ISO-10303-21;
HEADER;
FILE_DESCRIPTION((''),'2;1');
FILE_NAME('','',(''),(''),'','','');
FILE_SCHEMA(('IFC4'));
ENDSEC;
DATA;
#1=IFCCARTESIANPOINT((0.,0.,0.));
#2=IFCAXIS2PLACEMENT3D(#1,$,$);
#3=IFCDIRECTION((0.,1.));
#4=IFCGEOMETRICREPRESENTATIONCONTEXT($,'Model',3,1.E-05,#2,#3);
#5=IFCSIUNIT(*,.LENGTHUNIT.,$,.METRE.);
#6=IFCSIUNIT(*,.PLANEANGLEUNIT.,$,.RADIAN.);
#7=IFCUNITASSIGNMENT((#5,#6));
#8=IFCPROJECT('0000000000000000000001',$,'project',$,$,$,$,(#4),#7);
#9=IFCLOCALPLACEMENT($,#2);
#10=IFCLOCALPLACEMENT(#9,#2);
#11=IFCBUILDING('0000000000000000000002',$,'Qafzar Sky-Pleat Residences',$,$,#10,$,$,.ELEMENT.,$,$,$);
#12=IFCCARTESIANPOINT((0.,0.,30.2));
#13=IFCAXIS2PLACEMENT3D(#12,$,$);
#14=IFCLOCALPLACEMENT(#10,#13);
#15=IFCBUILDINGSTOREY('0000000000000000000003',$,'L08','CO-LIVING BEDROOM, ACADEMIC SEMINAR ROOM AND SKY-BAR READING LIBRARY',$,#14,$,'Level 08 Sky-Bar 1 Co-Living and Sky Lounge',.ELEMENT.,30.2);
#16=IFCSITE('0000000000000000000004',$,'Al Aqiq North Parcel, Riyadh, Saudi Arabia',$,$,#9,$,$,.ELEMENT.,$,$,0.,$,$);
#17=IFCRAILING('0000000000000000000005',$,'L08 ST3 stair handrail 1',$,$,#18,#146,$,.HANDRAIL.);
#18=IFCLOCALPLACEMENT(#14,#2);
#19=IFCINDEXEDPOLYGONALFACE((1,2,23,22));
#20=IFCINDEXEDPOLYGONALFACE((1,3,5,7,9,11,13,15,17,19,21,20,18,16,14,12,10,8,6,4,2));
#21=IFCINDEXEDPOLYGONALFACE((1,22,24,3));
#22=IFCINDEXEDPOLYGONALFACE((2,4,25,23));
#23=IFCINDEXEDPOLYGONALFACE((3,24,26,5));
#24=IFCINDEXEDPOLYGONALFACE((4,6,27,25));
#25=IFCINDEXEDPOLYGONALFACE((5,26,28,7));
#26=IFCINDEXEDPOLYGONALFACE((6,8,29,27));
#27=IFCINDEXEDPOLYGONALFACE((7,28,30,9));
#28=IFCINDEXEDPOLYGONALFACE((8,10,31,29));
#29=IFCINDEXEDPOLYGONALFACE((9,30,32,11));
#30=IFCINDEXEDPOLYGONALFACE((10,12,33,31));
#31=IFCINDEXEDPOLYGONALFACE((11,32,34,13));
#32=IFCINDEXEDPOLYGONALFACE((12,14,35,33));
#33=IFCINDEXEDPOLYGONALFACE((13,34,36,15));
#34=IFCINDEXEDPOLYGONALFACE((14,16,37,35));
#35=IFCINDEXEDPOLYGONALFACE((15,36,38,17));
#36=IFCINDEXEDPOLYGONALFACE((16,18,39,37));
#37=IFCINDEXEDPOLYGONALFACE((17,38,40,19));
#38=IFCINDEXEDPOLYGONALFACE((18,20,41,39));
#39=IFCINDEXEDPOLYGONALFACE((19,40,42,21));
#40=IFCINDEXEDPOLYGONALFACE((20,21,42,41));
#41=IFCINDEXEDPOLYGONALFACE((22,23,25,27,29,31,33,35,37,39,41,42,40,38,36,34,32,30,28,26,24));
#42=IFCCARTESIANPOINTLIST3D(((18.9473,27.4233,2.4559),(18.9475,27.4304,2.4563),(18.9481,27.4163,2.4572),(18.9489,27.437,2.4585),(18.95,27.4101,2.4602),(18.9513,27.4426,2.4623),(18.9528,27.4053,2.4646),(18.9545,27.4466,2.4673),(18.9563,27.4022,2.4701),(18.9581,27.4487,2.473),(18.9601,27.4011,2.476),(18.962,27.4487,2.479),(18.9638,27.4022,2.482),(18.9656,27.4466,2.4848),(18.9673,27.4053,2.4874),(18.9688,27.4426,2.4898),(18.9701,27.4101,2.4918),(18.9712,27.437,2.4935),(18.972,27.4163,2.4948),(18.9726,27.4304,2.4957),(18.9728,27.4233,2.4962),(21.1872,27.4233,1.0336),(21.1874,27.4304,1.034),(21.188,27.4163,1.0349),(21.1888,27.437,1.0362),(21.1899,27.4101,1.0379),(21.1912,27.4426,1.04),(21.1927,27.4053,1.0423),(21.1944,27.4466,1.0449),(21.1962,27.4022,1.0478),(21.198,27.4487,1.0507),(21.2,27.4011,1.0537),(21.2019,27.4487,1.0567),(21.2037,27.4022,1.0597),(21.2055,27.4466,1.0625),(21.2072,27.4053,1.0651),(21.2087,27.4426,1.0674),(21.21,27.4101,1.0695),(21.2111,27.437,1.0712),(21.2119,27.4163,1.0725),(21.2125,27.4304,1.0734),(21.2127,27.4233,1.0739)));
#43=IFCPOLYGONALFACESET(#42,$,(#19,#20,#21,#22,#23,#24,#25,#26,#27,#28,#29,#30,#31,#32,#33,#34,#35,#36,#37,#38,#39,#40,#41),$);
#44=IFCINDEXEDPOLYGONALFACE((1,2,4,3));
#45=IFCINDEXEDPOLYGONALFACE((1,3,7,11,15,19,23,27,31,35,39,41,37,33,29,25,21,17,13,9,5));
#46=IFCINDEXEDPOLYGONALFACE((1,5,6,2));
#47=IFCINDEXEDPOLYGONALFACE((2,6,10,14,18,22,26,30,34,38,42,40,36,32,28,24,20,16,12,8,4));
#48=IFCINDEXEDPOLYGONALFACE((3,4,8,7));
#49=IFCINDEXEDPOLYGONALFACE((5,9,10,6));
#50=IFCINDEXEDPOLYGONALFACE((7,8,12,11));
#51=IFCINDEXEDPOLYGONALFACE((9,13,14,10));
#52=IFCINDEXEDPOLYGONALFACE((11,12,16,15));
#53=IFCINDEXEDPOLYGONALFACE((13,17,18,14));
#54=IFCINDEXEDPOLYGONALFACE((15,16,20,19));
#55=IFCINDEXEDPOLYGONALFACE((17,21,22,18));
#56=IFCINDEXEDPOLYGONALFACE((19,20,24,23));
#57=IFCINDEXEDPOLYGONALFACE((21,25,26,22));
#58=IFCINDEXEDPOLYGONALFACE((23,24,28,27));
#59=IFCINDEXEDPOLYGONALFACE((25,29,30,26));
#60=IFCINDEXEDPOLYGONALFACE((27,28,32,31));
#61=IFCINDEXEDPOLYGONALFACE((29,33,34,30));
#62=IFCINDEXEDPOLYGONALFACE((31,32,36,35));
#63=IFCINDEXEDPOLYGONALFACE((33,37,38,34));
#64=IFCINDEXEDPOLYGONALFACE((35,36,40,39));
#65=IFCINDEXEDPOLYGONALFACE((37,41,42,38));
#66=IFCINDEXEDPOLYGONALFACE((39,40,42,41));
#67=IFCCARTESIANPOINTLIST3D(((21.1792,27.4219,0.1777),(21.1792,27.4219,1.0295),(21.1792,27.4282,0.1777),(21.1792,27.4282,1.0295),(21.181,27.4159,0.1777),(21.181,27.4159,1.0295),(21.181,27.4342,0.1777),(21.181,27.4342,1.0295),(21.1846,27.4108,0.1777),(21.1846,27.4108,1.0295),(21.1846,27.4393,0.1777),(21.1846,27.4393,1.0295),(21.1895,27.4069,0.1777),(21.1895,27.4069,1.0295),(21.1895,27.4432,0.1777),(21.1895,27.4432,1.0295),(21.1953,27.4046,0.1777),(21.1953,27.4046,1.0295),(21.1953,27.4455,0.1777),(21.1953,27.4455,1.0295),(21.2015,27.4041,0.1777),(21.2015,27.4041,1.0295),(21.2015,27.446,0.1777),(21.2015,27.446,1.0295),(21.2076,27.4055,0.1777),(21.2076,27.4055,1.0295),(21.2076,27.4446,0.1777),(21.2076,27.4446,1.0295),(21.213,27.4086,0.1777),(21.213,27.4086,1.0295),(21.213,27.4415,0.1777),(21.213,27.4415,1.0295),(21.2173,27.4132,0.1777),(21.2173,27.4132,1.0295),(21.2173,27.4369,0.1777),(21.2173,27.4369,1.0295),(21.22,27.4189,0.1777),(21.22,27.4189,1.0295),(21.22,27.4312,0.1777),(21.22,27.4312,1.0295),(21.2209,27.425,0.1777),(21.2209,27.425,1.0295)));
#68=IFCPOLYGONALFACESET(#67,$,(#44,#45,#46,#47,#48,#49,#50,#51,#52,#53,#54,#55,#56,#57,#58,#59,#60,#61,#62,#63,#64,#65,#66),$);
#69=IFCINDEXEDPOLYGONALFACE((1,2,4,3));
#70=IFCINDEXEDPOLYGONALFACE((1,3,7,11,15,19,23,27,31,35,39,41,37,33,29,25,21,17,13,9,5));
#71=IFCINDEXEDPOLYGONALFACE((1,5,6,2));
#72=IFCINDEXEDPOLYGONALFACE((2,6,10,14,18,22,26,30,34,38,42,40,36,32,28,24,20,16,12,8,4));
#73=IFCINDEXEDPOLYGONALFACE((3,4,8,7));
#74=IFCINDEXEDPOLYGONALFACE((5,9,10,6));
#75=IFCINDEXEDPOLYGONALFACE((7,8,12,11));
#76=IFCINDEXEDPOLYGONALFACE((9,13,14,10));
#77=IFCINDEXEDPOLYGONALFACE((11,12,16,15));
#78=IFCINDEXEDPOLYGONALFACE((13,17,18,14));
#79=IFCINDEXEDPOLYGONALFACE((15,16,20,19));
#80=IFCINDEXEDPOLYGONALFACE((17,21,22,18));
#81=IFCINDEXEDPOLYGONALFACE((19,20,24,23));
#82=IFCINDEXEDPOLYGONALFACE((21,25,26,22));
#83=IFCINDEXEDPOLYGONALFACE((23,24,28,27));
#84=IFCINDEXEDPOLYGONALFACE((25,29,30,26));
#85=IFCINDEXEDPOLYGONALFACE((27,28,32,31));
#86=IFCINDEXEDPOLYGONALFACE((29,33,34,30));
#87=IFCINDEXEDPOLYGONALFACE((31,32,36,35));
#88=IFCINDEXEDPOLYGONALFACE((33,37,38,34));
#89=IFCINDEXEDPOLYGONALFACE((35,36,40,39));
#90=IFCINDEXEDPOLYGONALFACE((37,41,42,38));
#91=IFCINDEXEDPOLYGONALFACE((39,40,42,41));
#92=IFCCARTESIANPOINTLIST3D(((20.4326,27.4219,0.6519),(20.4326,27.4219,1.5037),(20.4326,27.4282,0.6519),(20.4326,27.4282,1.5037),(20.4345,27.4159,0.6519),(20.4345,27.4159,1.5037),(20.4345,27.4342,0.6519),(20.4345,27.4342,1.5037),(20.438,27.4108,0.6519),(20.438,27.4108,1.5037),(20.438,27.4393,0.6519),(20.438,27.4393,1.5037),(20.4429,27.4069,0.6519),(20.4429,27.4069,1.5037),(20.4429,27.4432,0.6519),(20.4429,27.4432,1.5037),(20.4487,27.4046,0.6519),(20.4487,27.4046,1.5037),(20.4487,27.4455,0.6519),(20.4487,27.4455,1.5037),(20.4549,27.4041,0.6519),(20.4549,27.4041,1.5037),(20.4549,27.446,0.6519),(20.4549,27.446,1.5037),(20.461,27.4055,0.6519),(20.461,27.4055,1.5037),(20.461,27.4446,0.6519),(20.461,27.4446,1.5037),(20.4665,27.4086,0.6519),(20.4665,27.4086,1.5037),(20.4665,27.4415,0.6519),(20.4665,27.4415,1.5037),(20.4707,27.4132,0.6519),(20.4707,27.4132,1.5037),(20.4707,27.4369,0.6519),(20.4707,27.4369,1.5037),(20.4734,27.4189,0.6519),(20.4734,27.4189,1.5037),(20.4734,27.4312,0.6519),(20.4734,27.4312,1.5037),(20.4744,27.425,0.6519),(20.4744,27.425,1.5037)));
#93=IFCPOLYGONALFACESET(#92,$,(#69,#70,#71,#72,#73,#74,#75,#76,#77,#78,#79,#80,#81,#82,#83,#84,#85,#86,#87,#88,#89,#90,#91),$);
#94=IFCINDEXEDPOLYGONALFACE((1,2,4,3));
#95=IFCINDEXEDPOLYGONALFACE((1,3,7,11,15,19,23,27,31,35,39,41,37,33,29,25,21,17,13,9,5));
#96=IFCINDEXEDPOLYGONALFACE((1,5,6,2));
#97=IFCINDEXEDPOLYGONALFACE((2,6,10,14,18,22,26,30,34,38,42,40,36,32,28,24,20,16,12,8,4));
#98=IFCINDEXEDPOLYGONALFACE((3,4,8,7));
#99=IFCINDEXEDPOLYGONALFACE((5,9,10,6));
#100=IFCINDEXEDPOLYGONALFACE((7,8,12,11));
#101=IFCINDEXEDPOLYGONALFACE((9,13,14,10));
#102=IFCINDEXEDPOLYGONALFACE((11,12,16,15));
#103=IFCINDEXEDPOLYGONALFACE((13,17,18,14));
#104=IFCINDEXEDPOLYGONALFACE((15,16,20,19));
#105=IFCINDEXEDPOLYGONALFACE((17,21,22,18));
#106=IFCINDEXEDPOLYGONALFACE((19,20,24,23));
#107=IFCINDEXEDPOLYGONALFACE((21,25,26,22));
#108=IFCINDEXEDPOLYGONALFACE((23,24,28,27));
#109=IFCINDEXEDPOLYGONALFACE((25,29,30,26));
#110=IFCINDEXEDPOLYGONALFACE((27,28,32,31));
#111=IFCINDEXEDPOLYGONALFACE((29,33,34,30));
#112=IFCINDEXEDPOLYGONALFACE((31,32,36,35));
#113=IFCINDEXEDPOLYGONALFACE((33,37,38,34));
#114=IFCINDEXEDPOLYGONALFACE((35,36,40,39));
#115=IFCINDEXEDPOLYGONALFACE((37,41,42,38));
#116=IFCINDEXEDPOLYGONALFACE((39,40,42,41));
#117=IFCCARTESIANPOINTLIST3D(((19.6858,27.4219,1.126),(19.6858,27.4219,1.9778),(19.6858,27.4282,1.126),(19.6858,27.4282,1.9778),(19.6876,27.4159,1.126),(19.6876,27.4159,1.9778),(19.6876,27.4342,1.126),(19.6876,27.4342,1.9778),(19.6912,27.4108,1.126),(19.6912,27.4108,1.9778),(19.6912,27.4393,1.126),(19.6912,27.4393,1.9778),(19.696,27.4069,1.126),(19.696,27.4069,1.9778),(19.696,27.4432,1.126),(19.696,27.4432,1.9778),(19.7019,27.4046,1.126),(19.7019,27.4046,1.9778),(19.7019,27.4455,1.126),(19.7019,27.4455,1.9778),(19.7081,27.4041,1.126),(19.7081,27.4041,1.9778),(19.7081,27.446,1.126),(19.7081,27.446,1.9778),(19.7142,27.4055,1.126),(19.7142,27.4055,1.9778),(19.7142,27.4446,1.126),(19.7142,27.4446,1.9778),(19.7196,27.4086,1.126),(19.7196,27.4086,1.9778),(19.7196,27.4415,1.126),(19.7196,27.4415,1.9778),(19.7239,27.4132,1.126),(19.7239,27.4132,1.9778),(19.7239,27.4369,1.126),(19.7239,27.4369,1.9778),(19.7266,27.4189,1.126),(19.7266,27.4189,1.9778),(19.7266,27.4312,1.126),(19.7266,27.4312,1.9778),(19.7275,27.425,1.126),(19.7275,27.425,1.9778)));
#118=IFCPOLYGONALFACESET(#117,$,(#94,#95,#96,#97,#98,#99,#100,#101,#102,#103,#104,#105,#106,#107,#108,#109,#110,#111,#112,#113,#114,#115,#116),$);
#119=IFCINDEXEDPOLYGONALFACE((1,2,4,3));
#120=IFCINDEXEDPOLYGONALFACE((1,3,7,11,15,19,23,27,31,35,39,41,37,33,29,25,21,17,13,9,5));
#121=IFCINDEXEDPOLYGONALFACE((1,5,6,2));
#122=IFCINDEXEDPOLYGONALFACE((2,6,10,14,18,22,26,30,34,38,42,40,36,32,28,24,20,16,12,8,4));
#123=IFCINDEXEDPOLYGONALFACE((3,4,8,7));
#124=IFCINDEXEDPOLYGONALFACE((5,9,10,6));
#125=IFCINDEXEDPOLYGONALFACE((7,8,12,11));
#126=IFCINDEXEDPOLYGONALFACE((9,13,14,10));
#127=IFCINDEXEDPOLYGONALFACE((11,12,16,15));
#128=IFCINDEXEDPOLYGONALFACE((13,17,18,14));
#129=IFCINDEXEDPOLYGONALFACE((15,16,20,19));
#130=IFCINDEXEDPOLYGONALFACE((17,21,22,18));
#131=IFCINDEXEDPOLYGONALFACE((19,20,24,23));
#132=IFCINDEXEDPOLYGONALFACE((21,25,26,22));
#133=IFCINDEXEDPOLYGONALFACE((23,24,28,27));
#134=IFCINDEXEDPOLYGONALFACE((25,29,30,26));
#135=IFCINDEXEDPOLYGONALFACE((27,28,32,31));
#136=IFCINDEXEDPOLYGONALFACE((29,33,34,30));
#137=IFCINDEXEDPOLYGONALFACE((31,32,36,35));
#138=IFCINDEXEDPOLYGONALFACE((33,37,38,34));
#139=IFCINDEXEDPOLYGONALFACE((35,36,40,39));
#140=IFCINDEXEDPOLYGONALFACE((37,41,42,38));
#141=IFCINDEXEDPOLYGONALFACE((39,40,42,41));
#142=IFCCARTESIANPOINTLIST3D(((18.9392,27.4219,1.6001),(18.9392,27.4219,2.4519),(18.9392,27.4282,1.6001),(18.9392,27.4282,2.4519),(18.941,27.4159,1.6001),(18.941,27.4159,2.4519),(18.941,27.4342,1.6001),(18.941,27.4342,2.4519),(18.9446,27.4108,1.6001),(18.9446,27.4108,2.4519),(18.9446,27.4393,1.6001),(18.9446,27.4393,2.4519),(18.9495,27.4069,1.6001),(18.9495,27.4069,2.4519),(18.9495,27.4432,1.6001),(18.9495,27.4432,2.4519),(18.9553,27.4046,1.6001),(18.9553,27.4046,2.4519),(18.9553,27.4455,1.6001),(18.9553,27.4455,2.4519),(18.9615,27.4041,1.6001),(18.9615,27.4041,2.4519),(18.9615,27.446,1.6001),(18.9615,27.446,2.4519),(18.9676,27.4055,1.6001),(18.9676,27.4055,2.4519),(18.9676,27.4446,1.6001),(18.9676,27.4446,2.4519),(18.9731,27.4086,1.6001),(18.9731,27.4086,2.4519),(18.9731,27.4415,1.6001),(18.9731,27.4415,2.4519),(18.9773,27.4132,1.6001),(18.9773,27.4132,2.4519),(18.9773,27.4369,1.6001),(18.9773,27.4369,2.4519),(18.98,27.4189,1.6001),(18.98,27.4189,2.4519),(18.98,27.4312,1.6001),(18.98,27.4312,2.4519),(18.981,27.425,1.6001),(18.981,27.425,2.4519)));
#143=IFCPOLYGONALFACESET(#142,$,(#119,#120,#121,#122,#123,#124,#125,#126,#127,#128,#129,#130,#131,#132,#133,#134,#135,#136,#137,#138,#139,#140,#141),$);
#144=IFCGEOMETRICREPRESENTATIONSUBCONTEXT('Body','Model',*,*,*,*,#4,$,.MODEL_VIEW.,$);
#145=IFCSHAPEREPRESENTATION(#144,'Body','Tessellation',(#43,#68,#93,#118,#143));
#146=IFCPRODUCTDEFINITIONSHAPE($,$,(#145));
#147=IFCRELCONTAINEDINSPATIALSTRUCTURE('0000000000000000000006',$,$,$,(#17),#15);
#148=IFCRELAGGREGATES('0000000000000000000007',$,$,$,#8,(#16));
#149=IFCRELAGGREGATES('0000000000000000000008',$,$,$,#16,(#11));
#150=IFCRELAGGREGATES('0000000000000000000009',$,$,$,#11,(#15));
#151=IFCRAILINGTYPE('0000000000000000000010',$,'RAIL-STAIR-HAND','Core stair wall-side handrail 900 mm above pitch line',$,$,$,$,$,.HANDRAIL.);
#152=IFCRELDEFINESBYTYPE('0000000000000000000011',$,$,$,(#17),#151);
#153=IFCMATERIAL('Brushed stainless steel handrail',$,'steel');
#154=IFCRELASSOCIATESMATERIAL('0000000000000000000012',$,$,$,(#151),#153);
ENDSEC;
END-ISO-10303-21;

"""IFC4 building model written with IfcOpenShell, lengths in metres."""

from ifc_helpers import new_model, si_unit, direction, frame, origin, origin_2d, place, context, subcontext, project, spatial, circle, extrude, source, transform, mapped, material, type_object, element, save


model = new_model("IFC4")

# Units and contexts
model_context = context("Model", 3, precision=1e-05, world=origin(), true_north=direction((0.0, 1.0)))
body_context = subcontext(model_context, "Body", "Model", "MODEL_VIEW")
ifc_project = project(units=[si_unit("LENGTHUNIT", "METRE"), si_unit("PLANEANGLEUNIT", "RADIAN")], contexts=[model_context])

# Site, building, storey
site_placement = place(None, origin())
site = spatial("IfcSite", under=ifc_project, at=site_placement, Name="Al Aqiq North Parcel, Riyadh, Saudi Arabia", CompositionType="ELEMENT", RefElevation=0.0)
building_placement = place(site_placement, origin())
building = spatial("IfcBuilding", under=site, at=building_placement, Name="Qafzar Sky-Pleat Residences", CompositionType="ELEMENT")
storey_placement = place(building_placement, frame((0.0, 0.0, 30.2)))
storey = spatial("IfcBuildingStorey", under=building, at=storey_placement, Name="L08", Description="CO-LIVING BEDROOM, ACADEMIC SEMINAR ROOM AND SKY-BAR READING LIBRARY", LongName="Level 08 Sky-Bar 1 Co-Living and Sky Lounge", CompositionType="ELEMENT", Elevation=30.2)

# Railing
ifc_material_1 = material(Name="Brushed stainless steel handrail", Category="steel")
railing_type = type_object("IfcRailingType", Name="RAIL-STAIR-HAND", Description="Core stair wall-side handrail 900 mm above pitch line", PredefinedType="HANDRAIL", material=ifc_material_1)
shared_shape_1 = source(origin(), body_context, "Body", "SweptSolid", [
    extrude(circle(Radius=0.0239, at=origin_2d()), frame((0.0, 0.0, 0.876), z_axis=(-0.844188, 0.0, 0.536048), x_axis=(0.0, -1.0, 0.0)), (0.0, 0.0, 1.0), 2.6533),
    extrude(circle(Radius=0.021, at=origin_2d()), origin(), (0.0, 0.0, 1.0), 0.8518),
    extrude(circle(Radius=0.021, at=origin_2d()), frame((-0.7466, 0.0, 0.4741)), (0.0, 0.0, 1.0), 0.8518),
    extrude(circle(Radius=0.021, at=origin_2d()), frame((-1.4934, 0.0, 0.9482)), (0.0, 0.0, 1.0), 0.8518),
    extrude(circle(Radius=0.021, at=origin_2d()), frame((-2.24, 0.0, 1.4224)), (0.0, 0.0, 1.0), 0.8518),
])
railing_placement = place(storey_placement, frame((21.2, 27.425, 0.1777)))
element("IfcRailing", 1, at=railing_placement, inside=storey, type_object=railing_type, Name="L08 ST3 stair handrail 1", PredefinedType="HANDRAIL", context=body_context, shape_type="MappedRepresentation", body=[
    mapped(shared_shape_1, transform((0.0, 0.0, 0.0), x_axis=(1.0, 0.0, 0.0), y_axis=(0.0, 1.0, 0.0), z_axis=(0.0, 0.0, 1.0), scale=1.0)),
])

save(model, "model.ifc")
